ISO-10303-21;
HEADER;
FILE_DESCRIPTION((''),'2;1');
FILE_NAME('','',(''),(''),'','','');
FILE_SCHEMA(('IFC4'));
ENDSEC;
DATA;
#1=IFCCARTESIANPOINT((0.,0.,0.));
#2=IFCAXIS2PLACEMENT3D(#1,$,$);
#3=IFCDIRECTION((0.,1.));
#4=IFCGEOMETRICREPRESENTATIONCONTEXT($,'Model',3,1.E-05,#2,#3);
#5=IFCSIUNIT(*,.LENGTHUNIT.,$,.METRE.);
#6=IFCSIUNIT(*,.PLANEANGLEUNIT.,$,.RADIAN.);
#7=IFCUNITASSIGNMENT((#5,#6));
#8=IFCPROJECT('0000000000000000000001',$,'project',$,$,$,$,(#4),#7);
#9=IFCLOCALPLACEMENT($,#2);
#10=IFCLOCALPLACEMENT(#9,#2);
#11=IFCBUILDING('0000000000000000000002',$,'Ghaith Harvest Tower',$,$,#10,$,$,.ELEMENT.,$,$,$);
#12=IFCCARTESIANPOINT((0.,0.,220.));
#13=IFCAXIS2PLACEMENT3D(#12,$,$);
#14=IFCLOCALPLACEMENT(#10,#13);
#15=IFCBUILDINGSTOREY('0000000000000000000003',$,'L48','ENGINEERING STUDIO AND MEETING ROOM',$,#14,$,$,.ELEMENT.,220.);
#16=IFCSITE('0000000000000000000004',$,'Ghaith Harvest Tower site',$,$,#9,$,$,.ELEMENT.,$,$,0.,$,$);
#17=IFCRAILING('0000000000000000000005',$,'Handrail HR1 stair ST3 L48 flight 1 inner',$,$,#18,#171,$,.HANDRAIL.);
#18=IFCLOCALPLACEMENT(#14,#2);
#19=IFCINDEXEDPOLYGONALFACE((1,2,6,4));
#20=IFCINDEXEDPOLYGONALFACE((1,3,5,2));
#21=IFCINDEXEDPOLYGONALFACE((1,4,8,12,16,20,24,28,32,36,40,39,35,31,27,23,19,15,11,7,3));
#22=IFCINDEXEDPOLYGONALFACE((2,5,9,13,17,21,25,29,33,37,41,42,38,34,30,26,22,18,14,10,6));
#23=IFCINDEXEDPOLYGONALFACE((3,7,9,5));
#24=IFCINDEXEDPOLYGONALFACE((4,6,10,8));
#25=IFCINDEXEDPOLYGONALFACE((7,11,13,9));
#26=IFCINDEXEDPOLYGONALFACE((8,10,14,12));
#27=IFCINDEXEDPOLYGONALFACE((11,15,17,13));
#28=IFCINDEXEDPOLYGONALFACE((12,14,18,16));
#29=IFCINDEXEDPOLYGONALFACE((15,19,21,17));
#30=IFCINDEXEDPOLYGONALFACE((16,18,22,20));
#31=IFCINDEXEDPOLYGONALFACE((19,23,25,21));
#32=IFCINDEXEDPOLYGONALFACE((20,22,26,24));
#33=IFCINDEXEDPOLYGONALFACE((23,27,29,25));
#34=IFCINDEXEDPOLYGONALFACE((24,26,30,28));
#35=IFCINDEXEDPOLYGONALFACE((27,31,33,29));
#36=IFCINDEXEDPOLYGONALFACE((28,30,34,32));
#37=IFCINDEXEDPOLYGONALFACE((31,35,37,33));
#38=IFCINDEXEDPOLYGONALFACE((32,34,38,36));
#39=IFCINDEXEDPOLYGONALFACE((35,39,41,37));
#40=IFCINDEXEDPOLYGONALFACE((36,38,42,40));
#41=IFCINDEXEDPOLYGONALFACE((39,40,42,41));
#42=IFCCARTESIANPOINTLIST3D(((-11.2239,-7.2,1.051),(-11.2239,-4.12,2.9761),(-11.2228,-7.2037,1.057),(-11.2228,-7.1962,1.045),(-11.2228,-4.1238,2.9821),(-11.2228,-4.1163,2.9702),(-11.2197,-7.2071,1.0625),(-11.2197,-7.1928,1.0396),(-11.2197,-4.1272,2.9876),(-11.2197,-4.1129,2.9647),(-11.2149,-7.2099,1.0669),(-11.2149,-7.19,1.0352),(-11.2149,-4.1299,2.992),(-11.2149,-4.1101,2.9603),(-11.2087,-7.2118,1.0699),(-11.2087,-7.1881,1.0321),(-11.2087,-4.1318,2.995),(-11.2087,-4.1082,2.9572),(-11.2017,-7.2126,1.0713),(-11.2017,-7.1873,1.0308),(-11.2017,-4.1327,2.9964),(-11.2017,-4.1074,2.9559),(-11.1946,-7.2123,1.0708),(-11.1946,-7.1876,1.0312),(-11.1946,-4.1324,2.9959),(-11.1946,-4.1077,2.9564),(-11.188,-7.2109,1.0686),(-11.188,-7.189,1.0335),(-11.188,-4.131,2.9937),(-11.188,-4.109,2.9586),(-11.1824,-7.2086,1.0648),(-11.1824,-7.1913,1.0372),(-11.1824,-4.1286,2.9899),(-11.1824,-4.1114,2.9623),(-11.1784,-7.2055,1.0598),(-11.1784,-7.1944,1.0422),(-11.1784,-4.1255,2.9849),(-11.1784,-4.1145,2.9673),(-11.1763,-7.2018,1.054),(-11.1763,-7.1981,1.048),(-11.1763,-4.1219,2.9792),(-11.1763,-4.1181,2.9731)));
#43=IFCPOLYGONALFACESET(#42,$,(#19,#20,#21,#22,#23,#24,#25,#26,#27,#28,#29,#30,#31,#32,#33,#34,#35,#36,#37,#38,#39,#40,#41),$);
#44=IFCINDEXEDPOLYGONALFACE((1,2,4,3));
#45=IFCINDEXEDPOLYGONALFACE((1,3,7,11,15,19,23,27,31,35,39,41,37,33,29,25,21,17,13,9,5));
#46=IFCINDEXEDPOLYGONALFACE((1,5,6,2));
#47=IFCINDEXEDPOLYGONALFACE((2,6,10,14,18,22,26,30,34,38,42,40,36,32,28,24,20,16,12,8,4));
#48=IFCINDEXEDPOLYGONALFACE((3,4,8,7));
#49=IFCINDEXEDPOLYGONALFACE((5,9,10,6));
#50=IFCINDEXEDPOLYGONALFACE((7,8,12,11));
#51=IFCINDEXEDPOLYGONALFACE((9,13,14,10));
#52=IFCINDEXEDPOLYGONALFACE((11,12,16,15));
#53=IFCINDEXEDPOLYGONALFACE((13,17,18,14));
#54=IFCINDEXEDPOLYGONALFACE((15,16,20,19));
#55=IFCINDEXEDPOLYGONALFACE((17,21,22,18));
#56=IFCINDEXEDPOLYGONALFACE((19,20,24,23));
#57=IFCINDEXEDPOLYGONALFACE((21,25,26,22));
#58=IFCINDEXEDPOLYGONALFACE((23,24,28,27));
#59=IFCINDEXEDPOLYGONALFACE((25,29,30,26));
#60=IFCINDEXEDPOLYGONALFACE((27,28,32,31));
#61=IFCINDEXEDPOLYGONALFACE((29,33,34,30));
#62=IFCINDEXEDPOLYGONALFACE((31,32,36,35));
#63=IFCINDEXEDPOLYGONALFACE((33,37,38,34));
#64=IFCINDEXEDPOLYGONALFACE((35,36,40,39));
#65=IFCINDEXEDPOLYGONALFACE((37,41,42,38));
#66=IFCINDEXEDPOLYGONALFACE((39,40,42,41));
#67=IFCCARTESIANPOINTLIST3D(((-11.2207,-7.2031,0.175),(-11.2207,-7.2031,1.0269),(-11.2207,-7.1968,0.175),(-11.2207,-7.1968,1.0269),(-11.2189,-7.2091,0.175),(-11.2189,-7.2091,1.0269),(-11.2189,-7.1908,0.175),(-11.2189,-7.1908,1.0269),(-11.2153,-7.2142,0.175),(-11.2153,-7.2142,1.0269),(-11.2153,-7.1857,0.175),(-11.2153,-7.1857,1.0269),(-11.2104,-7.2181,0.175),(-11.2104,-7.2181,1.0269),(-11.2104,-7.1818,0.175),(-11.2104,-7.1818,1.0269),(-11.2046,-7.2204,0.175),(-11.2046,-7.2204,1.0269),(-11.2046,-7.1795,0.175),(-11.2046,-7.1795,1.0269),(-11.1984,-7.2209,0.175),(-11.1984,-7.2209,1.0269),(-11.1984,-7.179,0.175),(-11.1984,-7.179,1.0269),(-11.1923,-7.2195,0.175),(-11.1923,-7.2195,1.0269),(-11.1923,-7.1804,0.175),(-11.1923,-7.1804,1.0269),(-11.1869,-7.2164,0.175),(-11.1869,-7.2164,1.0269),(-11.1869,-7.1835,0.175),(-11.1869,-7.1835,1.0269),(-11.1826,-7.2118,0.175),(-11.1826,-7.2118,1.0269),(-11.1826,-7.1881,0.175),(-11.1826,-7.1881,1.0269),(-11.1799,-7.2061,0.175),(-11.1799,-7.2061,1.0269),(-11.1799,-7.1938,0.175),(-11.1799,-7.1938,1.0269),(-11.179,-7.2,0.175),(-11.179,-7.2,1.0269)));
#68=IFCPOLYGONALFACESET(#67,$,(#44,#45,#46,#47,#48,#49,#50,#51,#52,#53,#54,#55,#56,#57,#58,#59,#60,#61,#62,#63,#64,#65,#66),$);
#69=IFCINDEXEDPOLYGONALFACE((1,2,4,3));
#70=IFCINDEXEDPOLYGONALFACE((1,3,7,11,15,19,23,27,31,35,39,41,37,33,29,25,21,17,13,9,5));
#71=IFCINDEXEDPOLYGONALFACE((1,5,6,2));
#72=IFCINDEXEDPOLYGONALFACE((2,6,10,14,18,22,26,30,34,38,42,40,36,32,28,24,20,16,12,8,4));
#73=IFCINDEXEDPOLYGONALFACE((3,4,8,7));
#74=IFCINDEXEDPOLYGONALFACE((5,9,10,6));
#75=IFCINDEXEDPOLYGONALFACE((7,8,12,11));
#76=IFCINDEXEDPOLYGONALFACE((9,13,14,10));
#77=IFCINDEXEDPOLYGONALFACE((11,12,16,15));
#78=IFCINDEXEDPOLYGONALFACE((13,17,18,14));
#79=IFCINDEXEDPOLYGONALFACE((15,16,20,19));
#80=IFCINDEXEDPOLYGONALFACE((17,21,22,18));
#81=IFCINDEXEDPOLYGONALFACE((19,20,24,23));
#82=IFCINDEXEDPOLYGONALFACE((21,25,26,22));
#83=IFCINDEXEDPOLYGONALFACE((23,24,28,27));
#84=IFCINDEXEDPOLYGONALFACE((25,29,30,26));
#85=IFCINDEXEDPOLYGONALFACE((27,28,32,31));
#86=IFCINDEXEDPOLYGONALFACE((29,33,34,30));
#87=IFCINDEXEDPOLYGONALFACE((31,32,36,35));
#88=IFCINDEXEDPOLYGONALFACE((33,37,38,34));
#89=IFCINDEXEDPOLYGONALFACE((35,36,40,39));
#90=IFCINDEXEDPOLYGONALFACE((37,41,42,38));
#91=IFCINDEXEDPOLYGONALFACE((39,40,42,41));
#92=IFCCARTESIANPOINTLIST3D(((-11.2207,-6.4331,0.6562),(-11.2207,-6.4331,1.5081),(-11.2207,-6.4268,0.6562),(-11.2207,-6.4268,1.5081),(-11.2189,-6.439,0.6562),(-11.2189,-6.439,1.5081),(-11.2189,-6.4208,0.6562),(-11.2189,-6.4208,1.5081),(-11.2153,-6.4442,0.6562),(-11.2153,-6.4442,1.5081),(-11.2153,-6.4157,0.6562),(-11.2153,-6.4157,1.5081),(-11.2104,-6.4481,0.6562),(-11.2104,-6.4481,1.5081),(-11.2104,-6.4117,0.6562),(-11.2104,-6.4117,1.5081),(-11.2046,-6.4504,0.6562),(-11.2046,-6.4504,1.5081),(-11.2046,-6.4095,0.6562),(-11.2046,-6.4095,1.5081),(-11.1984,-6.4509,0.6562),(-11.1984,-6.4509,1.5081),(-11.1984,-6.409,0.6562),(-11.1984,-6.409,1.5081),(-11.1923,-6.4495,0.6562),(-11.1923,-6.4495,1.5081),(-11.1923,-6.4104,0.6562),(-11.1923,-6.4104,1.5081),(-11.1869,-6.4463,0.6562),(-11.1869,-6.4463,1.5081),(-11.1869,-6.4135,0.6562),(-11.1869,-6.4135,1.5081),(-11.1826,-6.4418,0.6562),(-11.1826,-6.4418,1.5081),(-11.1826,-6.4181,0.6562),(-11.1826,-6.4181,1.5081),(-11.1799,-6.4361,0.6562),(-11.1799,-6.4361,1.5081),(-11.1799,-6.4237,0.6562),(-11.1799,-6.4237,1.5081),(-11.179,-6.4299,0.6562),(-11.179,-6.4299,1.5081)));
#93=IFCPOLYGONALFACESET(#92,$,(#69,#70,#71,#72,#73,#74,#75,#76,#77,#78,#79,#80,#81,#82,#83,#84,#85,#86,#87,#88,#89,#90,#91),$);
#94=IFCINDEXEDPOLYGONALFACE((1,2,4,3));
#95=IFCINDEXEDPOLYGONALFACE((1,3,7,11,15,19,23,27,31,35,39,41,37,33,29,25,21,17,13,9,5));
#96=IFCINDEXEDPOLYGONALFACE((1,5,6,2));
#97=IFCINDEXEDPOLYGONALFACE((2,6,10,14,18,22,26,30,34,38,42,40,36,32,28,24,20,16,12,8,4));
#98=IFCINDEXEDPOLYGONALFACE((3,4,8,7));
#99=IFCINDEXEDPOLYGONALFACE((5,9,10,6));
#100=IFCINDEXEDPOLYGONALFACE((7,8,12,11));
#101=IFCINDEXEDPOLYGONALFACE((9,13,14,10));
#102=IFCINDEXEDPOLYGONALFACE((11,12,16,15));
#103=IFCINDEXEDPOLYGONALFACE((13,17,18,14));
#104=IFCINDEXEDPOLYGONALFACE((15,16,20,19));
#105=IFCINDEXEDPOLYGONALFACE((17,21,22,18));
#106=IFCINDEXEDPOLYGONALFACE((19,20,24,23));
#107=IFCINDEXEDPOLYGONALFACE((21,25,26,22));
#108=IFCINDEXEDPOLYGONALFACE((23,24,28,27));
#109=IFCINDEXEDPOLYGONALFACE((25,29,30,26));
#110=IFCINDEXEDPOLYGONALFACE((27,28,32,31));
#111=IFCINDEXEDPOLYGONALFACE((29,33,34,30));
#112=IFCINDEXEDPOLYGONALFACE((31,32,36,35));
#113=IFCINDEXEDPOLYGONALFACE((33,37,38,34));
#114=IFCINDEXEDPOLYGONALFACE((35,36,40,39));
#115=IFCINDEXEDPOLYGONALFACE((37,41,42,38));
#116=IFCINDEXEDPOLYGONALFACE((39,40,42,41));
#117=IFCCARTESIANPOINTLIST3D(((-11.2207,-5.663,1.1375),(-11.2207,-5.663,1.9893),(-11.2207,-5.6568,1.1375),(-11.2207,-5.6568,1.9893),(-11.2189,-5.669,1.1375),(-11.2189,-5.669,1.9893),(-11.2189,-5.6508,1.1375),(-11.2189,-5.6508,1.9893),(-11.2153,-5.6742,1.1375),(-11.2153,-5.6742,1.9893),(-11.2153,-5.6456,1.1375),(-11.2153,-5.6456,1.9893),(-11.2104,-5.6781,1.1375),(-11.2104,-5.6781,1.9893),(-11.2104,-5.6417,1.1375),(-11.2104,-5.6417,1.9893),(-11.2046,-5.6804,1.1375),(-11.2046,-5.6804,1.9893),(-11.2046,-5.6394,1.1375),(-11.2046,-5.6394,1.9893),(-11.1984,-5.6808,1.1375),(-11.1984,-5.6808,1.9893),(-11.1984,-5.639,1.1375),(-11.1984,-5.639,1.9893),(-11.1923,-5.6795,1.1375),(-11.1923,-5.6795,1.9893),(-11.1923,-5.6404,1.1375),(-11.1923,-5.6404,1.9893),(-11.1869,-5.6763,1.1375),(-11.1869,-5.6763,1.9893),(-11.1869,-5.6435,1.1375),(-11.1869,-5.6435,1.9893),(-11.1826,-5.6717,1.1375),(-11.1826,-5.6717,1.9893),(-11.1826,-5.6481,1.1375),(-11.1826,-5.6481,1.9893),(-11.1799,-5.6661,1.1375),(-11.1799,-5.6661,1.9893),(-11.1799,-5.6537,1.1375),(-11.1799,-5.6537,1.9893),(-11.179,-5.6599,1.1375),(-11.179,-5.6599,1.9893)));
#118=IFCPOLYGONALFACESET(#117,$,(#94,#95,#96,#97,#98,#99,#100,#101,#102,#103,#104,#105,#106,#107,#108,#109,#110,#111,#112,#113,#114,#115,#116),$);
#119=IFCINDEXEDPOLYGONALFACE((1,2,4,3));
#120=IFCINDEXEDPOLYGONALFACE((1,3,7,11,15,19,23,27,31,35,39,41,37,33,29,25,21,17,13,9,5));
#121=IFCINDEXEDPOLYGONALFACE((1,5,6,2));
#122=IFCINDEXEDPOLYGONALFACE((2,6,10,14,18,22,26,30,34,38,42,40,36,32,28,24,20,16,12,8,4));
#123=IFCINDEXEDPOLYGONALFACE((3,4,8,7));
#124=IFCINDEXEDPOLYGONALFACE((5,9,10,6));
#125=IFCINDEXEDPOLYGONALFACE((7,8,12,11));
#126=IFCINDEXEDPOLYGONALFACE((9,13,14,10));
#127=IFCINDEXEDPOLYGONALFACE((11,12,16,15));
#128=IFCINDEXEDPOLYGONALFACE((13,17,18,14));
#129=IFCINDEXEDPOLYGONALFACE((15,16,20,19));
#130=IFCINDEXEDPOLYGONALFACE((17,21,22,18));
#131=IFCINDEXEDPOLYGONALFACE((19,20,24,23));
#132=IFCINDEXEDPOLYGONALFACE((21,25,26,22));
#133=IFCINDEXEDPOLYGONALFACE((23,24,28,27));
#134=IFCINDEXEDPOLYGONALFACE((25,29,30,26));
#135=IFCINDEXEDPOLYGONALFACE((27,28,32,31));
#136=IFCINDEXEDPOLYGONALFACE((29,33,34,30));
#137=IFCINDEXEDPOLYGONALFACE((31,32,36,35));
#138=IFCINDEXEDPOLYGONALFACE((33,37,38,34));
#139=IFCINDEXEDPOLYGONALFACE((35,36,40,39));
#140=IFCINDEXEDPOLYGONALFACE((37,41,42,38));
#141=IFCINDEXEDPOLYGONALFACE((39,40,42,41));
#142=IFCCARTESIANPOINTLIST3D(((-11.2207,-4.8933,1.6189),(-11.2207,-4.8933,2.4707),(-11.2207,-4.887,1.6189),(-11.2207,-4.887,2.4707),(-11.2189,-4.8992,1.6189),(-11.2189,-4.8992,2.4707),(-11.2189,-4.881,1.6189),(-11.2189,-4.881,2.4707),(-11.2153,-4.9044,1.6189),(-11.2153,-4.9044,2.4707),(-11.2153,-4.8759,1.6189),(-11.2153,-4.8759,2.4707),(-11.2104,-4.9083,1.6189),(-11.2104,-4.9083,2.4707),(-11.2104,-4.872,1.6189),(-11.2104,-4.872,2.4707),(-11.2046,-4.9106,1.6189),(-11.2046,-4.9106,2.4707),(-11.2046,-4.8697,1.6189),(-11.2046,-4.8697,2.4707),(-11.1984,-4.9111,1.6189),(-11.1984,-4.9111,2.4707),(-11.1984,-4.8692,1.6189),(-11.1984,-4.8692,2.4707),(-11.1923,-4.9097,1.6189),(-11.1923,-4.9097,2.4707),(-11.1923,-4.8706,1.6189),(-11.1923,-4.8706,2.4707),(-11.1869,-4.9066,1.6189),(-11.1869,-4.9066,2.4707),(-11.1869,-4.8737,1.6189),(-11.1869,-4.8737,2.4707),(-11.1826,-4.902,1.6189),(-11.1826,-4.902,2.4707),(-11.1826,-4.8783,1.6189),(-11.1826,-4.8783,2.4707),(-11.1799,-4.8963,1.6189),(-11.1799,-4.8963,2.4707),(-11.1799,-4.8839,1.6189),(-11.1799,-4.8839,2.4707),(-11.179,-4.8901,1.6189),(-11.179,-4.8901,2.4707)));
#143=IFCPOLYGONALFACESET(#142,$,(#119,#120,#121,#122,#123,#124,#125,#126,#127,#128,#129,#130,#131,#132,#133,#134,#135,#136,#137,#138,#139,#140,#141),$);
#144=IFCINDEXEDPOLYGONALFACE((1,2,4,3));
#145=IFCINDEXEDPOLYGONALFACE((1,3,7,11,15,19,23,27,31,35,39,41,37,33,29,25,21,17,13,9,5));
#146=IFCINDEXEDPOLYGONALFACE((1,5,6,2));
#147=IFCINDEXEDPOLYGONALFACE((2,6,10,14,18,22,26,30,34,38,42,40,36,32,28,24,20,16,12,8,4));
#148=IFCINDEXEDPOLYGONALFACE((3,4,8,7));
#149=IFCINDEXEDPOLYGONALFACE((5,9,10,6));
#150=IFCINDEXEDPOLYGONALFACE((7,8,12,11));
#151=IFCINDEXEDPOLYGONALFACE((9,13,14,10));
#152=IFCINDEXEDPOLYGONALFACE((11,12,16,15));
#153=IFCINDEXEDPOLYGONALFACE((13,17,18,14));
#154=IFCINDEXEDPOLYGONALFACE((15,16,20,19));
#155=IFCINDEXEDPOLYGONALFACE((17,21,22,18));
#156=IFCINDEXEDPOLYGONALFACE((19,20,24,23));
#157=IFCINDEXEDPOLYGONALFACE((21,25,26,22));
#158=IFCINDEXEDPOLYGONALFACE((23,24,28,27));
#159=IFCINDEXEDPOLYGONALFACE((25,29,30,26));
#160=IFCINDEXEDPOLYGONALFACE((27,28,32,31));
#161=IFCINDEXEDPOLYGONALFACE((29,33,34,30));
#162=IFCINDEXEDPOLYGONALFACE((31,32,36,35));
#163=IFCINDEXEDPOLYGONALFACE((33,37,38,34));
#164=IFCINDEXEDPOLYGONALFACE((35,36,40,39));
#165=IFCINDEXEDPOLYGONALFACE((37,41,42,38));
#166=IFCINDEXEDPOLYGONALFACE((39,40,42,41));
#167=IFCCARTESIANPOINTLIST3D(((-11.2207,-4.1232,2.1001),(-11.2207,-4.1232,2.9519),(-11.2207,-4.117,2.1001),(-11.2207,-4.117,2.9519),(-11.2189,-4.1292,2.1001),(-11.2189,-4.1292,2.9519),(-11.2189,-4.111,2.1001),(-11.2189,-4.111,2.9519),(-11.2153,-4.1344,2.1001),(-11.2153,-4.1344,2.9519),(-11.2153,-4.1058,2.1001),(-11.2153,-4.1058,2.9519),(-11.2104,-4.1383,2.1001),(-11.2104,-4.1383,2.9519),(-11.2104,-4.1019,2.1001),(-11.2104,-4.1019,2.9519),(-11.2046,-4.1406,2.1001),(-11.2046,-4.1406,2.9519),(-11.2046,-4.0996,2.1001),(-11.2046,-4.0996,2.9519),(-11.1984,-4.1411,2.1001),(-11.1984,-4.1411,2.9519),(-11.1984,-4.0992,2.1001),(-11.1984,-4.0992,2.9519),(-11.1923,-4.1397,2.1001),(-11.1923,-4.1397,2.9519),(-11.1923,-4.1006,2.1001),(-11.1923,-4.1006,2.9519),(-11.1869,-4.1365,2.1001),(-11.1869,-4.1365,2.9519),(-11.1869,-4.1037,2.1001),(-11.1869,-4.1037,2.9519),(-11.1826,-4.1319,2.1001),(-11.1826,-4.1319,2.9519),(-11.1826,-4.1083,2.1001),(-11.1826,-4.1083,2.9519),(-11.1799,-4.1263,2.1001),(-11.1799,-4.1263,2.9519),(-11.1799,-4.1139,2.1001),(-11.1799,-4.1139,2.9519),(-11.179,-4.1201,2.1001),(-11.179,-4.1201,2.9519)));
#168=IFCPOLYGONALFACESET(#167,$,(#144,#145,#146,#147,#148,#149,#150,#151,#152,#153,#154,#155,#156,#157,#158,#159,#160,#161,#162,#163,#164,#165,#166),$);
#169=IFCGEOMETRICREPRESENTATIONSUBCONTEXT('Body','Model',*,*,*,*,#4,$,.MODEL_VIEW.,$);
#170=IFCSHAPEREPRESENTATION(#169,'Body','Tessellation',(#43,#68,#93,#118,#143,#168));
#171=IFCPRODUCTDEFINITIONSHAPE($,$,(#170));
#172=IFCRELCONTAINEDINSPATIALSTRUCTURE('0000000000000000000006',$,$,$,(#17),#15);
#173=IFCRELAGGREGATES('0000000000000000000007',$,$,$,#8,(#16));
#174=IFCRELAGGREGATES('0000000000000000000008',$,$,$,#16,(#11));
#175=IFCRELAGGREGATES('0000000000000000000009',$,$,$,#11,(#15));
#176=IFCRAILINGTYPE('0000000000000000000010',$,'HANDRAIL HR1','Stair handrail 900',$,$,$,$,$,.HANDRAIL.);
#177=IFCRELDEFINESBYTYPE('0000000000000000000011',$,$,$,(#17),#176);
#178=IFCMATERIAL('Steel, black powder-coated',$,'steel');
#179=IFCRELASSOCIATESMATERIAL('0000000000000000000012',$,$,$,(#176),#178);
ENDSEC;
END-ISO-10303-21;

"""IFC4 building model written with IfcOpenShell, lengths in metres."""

from ifc_helpers import new_model, si_unit, direction, frame, origin, origin_2d, place, context, subcontext, project, spatial, circle, extrude, material, type_object, element, save


model = new_model("IFC4")

# Units and contexts
model_context = context("Model", 3, precision=1e-05, world=origin(), true_north=direction((0.0, 1.0)))
body_context = subcontext(model_context, "Body", "Model", "MODEL_VIEW")
ifc_project = project(units=[si_unit("LENGTHUNIT", "METRE"), si_unit("PLANEANGLEUNIT", "RADIAN")], contexts=[model_context])

# Site, building, storey
site_placement = place(None, origin())
site = spatial("IfcSite", under=ifc_project, at=site_placement, Name="Ghaith Harvest Tower site", CompositionType="ELEMENT", RefElevation=0.0)
building_placement = place(site_placement, origin())
building = spatial("IfcBuilding", under=site, at=building_placement, Name="Ghaith Harvest Tower", CompositionType="ELEMENT")
storey_placement = place(building_placement, frame((0.0, 0.0, 220.0)))
storey = spatial("IfcBuildingStorey", under=building, at=storey_placement, Name="L48", Description="ENGINEERING STUDIO AND MEETING ROOM", CompositionType="ELEMENT", Elevation=220.0)

# Railing
ifc_material_1 = material(Name="Steel, black powder-coated", Category="steel")
railing_type = type_object("IfcRailingType", Name="HANDRAIL HR1", Description="Stair handrail 900", PredefinedType="HANDRAIL", material=ifc_material_1)
railing_1_placement = place(storey_placement, frame((-11.2, -7.2, 0.175)))
element("IfcRailing", 1, at=railing_1_placement, inside=storey, type_object=railing_type, Name="Handrail HR1 stair ST3 L48 flight 1 inner", PredefinedType="HANDRAIL", context=body_context, shape_type="SweptSolid", body=[
    extrude(circle(Radius=0.0239, at=origin_2d()), frame((0.0, 0.0, 0.876), z_axis=(0.0, 0.847979, 0.530029), x_axis=(-1.0, 0.0, 0.0)), (0.0, 0.0, 1.0), 3.6321),
    extrude(circle(Radius=0.021, at=origin_2d()), origin(), (0.0, 0.0, 1.0), 0.8518),
    extrude(circle(Radius=0.021, at=origin_2d()), frame((0.0, 0.77, 0.4812)), (0.0, 0.0, 1.0), 0.8518),
    extrude(circle(Radius=0.021, at=origin_2d()), frame((0.0, 1.54, 0.9624)), (0.0, 0.0, 1.0), 0.8518),
    extrude(circle(Radius=0.021, at=origin_2d()), frame((0.0, 2.3098, 1.4438)), (0.0, 0.0, 1.0), 0.8518),
    extrude(circle(Radius=0.021, at=origin_2d()), frame((0.0, 3.0798, 1.925)), (0.0, 0.0, 1.0), 0.8518),
])

save(model, "model.ifc")
